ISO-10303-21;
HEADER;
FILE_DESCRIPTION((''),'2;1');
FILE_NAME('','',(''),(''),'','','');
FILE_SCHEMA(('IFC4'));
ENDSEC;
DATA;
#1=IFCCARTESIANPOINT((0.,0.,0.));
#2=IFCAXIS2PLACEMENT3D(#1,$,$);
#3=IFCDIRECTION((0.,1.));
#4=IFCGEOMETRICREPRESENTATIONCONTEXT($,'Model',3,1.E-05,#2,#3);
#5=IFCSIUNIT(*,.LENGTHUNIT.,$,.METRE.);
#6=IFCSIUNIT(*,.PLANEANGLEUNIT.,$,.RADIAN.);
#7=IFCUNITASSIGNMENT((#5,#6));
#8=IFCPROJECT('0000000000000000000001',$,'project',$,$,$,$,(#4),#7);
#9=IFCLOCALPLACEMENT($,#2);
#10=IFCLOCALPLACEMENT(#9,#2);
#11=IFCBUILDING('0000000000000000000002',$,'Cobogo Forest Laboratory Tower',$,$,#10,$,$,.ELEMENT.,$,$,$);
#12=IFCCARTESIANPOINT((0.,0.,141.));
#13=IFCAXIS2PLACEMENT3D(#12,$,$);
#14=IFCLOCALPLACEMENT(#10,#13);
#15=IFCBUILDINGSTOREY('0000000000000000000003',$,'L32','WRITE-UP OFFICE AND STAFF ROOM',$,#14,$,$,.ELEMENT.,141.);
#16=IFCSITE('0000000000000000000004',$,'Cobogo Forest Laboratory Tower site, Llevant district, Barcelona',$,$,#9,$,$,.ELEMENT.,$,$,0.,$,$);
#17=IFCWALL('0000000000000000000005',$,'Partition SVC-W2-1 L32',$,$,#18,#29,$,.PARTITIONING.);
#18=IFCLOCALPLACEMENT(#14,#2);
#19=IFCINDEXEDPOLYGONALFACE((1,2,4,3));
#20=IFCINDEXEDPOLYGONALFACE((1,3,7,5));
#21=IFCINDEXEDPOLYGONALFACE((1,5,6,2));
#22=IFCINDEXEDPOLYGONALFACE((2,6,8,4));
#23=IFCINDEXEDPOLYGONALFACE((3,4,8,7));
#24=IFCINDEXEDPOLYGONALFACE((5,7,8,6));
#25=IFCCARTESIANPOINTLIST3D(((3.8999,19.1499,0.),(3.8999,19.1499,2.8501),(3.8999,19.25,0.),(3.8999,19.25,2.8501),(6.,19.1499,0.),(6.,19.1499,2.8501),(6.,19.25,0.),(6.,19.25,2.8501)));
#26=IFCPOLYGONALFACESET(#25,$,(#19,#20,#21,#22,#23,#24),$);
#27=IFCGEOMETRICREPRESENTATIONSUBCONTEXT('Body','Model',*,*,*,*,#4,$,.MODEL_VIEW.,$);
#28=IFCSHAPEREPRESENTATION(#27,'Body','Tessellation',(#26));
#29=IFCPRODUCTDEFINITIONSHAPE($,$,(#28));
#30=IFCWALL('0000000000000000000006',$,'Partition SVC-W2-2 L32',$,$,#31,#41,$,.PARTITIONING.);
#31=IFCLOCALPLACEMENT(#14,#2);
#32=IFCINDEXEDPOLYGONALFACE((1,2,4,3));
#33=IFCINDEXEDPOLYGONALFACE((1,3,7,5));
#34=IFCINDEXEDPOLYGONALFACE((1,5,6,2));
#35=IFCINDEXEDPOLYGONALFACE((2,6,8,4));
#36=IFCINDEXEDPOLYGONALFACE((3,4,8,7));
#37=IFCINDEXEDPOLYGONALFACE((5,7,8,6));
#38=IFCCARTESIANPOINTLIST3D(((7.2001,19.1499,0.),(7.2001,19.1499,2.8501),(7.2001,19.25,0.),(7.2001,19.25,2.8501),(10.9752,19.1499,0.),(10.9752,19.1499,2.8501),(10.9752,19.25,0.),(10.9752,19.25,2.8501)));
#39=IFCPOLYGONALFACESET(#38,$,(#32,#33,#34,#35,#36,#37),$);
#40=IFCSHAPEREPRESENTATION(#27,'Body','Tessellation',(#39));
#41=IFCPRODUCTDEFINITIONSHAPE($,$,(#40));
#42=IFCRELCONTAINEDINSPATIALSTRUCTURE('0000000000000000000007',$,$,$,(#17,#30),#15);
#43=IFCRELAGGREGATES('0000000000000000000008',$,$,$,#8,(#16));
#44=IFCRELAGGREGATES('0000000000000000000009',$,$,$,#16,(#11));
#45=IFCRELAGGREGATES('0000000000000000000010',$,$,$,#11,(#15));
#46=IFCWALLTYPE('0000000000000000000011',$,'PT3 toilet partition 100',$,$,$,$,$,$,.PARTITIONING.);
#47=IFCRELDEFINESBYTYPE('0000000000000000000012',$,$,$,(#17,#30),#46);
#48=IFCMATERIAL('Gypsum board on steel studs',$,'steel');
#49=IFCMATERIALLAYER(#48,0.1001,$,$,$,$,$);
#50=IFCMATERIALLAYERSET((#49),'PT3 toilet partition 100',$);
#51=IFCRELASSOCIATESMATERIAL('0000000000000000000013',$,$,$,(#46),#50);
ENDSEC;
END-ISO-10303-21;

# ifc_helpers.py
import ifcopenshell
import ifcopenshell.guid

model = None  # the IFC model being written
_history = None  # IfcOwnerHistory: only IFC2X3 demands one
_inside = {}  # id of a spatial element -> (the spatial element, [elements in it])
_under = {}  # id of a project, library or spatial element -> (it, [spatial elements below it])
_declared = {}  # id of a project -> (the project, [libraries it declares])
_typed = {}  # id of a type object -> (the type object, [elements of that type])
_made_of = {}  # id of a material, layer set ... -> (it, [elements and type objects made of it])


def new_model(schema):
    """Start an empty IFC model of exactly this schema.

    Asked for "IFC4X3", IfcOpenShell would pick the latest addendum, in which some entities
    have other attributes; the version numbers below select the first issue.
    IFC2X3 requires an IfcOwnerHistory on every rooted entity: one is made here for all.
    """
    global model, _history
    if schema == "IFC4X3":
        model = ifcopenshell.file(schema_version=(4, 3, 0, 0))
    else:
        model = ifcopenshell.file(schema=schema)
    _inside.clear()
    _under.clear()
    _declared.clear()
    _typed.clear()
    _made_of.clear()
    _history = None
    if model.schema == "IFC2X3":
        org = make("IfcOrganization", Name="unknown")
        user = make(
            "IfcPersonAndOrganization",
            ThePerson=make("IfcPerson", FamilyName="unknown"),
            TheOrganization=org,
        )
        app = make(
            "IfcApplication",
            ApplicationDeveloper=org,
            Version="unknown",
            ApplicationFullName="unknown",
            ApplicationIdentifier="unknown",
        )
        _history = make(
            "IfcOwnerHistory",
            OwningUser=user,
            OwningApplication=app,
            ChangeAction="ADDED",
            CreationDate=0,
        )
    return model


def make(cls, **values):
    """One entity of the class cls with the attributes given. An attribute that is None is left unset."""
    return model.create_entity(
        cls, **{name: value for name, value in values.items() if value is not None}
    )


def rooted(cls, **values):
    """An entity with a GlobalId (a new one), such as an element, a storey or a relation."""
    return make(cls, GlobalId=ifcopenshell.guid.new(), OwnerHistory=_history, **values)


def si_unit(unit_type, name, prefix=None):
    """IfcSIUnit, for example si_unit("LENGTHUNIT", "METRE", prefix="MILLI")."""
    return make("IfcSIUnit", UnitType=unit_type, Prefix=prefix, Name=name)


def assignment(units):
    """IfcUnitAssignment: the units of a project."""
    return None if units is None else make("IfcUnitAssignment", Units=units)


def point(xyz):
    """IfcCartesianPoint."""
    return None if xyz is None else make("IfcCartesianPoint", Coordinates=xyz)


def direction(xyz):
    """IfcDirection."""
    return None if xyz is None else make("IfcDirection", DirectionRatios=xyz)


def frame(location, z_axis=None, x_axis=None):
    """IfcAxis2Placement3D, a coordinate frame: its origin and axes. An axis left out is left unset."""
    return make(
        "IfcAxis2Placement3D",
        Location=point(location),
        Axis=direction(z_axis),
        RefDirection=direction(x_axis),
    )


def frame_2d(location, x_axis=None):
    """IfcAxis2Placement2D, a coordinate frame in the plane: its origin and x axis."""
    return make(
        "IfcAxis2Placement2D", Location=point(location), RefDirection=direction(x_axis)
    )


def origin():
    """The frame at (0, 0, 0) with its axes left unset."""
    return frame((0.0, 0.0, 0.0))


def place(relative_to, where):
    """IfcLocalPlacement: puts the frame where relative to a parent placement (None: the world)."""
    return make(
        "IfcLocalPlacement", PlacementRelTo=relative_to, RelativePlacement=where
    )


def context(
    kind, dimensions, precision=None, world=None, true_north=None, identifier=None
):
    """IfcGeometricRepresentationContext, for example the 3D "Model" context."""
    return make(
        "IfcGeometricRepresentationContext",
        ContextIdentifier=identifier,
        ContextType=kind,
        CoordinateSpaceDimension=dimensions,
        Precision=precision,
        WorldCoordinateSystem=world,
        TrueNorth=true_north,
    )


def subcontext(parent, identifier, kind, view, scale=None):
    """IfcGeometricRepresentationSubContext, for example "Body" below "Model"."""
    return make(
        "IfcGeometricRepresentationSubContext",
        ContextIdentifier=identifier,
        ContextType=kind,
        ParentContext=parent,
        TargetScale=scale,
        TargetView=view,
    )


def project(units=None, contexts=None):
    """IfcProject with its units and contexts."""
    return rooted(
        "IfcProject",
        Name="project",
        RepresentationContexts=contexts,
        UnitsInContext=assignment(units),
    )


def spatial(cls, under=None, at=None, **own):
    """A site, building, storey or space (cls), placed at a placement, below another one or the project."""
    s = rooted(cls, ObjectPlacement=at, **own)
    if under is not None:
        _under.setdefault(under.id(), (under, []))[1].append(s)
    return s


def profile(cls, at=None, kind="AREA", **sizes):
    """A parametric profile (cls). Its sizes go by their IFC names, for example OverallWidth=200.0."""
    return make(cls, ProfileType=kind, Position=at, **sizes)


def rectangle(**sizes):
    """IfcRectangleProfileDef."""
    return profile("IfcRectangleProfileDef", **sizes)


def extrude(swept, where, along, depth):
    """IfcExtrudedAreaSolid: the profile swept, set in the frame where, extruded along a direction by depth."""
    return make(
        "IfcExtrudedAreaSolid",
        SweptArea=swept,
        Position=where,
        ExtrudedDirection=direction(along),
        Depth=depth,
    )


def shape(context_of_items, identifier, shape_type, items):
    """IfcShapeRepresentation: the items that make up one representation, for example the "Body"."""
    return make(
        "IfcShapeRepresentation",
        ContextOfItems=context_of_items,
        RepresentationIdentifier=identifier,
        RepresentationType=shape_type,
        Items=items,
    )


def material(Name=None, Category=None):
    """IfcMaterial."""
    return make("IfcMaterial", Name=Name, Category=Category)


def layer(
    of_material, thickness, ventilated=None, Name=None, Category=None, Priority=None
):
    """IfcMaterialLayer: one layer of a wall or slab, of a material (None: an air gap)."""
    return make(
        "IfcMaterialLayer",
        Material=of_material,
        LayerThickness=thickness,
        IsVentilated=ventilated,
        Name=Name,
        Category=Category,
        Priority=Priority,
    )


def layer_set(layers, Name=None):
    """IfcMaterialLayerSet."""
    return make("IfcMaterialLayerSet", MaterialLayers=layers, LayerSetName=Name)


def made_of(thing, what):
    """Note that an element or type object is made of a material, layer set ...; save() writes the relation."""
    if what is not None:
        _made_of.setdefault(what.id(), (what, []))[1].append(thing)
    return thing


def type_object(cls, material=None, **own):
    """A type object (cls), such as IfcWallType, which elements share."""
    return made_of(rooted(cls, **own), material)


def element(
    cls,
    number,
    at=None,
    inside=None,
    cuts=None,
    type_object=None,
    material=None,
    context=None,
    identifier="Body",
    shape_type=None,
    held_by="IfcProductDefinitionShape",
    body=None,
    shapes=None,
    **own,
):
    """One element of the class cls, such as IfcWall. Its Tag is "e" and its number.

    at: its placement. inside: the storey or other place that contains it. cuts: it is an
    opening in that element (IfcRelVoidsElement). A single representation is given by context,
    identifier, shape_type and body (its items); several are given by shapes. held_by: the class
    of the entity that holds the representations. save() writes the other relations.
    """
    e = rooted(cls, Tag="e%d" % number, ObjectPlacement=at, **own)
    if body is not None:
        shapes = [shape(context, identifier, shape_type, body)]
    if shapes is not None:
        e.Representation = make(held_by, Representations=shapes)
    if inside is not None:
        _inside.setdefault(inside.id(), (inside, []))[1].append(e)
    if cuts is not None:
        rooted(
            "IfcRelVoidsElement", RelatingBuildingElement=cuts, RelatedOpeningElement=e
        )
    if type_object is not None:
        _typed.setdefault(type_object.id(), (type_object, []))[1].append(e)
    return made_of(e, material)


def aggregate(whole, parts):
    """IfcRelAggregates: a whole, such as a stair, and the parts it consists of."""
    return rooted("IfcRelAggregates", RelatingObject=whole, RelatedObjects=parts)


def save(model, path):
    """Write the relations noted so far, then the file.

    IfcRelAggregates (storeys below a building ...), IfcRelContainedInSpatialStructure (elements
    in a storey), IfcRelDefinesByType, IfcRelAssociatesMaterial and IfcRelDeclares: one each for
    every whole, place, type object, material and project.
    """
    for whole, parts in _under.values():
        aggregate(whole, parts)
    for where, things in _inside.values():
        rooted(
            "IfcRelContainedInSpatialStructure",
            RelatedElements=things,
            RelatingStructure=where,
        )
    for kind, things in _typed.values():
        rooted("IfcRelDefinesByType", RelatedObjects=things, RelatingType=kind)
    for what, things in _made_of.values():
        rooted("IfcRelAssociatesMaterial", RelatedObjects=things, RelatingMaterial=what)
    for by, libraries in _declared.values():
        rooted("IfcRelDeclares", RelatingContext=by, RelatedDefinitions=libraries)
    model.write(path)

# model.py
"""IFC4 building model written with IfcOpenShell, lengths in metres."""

from ifc_helpers import new_model, si_unit, direction, frame, frame_2d, origin, place, context, subcontext, project, spatial, rectangle, extrude, material, layer, layer_set, type_object, element, save


model = new_model("IFC4")

# Units and contexts
model_context = context("Model", 3, precision=1e-05, world=origin(), true_north=direction((0.0, 1.0)))
body_context = subcontext(model_context, "Body", "Model", "MODEL_VIEW")
ifc_project = project(units=[si_unit("LENGTHUNIT", "METRE"), si_unit("PLANEANGLEUNIT", "RADIAN")], contexts=[model_context])

# Site, building, storey
site_placement = place(None, origin())
site = spatial("IfcSite", under=ifc_project, at=site_placement, Name="Cobogo Forest Laboratory Tower site, Llevant district, Barcelona", CompositionType="ELEMENT", RefElevation=0.0)
building_placement = place(site_placement, origin())
building = spatial("IfcBuilding", under=site, at=building_placement, Name="Cobogo Forest Laboratory Tower", CompositionType="ELEMENT")
storey_placement = place(building_placement, frame((0.0, 0.0, 141.0)))
storey = spatial("IfcBuildingStorey", under=building, at=storey_placement, Name="L32", Description="WRITE-UP OFFICE AND STAFF ROOM", CompositionType="ELEMENT", Elevation=141.0)

# Walls
ifc_material_1 = material(Name="Gypsum board on steel studs", Category="steel")
ifc_layer_1 = layer(ifc_material_1, 0.1001)
ifc_layer_set_1 = layer_set([ifc_layer_1], Name="PT3 toilet partition 100")
wall_type_1 = type_object("IfcWallType", Name="PT3 toilet partition 100", PredefinedType="PARTITIONING", material=ifc_layer_set_1)
wall_1_placement = place(storey_placement, frame((3.8999, 19.2, 0.0), z_axis=(0.0, 0.0, 1.0), x_axis=(1.0, 0.0, 0.0)))
element("IfcWall", 1, at=wall_1_placement, inside=storey, type_object=wall_type_1, Name="Partition SVC-W2-1 L32", PredefinedType="PARTITIONING", context=body_context, shape_type="SweptSolid", body=[
    extrude(rectangle(XDim=2.1001, YDim=0.1001, at=frame_2d((1.05, 0.0))), origin(), (0.0, 0.0, 1.0), 2.8501),
])
wall_2_placement = place(storey_placement, frame((7.2, 19.2, 0.0), z_axis=(0.0, 0.0, 1.0), x_axis=(1.0, 0.0, 0.0)))
element("IfcWall", 2, at=wall_2_placement, inside=storey, type_object=wall_type_1, Name="Partition SVC-W2-2 L32", PredefinedType="PARTITIONING", context=body_context, shape_type="SweptSolid", body=[
    extrude(rectangle(XDim=3.7751, YDim=0.1001, at=frame_2d((1.8877, 0.0))), origin(), (0.0, 0.0, 1.0), 2.8501),
])

save(model, "model.ifc")
